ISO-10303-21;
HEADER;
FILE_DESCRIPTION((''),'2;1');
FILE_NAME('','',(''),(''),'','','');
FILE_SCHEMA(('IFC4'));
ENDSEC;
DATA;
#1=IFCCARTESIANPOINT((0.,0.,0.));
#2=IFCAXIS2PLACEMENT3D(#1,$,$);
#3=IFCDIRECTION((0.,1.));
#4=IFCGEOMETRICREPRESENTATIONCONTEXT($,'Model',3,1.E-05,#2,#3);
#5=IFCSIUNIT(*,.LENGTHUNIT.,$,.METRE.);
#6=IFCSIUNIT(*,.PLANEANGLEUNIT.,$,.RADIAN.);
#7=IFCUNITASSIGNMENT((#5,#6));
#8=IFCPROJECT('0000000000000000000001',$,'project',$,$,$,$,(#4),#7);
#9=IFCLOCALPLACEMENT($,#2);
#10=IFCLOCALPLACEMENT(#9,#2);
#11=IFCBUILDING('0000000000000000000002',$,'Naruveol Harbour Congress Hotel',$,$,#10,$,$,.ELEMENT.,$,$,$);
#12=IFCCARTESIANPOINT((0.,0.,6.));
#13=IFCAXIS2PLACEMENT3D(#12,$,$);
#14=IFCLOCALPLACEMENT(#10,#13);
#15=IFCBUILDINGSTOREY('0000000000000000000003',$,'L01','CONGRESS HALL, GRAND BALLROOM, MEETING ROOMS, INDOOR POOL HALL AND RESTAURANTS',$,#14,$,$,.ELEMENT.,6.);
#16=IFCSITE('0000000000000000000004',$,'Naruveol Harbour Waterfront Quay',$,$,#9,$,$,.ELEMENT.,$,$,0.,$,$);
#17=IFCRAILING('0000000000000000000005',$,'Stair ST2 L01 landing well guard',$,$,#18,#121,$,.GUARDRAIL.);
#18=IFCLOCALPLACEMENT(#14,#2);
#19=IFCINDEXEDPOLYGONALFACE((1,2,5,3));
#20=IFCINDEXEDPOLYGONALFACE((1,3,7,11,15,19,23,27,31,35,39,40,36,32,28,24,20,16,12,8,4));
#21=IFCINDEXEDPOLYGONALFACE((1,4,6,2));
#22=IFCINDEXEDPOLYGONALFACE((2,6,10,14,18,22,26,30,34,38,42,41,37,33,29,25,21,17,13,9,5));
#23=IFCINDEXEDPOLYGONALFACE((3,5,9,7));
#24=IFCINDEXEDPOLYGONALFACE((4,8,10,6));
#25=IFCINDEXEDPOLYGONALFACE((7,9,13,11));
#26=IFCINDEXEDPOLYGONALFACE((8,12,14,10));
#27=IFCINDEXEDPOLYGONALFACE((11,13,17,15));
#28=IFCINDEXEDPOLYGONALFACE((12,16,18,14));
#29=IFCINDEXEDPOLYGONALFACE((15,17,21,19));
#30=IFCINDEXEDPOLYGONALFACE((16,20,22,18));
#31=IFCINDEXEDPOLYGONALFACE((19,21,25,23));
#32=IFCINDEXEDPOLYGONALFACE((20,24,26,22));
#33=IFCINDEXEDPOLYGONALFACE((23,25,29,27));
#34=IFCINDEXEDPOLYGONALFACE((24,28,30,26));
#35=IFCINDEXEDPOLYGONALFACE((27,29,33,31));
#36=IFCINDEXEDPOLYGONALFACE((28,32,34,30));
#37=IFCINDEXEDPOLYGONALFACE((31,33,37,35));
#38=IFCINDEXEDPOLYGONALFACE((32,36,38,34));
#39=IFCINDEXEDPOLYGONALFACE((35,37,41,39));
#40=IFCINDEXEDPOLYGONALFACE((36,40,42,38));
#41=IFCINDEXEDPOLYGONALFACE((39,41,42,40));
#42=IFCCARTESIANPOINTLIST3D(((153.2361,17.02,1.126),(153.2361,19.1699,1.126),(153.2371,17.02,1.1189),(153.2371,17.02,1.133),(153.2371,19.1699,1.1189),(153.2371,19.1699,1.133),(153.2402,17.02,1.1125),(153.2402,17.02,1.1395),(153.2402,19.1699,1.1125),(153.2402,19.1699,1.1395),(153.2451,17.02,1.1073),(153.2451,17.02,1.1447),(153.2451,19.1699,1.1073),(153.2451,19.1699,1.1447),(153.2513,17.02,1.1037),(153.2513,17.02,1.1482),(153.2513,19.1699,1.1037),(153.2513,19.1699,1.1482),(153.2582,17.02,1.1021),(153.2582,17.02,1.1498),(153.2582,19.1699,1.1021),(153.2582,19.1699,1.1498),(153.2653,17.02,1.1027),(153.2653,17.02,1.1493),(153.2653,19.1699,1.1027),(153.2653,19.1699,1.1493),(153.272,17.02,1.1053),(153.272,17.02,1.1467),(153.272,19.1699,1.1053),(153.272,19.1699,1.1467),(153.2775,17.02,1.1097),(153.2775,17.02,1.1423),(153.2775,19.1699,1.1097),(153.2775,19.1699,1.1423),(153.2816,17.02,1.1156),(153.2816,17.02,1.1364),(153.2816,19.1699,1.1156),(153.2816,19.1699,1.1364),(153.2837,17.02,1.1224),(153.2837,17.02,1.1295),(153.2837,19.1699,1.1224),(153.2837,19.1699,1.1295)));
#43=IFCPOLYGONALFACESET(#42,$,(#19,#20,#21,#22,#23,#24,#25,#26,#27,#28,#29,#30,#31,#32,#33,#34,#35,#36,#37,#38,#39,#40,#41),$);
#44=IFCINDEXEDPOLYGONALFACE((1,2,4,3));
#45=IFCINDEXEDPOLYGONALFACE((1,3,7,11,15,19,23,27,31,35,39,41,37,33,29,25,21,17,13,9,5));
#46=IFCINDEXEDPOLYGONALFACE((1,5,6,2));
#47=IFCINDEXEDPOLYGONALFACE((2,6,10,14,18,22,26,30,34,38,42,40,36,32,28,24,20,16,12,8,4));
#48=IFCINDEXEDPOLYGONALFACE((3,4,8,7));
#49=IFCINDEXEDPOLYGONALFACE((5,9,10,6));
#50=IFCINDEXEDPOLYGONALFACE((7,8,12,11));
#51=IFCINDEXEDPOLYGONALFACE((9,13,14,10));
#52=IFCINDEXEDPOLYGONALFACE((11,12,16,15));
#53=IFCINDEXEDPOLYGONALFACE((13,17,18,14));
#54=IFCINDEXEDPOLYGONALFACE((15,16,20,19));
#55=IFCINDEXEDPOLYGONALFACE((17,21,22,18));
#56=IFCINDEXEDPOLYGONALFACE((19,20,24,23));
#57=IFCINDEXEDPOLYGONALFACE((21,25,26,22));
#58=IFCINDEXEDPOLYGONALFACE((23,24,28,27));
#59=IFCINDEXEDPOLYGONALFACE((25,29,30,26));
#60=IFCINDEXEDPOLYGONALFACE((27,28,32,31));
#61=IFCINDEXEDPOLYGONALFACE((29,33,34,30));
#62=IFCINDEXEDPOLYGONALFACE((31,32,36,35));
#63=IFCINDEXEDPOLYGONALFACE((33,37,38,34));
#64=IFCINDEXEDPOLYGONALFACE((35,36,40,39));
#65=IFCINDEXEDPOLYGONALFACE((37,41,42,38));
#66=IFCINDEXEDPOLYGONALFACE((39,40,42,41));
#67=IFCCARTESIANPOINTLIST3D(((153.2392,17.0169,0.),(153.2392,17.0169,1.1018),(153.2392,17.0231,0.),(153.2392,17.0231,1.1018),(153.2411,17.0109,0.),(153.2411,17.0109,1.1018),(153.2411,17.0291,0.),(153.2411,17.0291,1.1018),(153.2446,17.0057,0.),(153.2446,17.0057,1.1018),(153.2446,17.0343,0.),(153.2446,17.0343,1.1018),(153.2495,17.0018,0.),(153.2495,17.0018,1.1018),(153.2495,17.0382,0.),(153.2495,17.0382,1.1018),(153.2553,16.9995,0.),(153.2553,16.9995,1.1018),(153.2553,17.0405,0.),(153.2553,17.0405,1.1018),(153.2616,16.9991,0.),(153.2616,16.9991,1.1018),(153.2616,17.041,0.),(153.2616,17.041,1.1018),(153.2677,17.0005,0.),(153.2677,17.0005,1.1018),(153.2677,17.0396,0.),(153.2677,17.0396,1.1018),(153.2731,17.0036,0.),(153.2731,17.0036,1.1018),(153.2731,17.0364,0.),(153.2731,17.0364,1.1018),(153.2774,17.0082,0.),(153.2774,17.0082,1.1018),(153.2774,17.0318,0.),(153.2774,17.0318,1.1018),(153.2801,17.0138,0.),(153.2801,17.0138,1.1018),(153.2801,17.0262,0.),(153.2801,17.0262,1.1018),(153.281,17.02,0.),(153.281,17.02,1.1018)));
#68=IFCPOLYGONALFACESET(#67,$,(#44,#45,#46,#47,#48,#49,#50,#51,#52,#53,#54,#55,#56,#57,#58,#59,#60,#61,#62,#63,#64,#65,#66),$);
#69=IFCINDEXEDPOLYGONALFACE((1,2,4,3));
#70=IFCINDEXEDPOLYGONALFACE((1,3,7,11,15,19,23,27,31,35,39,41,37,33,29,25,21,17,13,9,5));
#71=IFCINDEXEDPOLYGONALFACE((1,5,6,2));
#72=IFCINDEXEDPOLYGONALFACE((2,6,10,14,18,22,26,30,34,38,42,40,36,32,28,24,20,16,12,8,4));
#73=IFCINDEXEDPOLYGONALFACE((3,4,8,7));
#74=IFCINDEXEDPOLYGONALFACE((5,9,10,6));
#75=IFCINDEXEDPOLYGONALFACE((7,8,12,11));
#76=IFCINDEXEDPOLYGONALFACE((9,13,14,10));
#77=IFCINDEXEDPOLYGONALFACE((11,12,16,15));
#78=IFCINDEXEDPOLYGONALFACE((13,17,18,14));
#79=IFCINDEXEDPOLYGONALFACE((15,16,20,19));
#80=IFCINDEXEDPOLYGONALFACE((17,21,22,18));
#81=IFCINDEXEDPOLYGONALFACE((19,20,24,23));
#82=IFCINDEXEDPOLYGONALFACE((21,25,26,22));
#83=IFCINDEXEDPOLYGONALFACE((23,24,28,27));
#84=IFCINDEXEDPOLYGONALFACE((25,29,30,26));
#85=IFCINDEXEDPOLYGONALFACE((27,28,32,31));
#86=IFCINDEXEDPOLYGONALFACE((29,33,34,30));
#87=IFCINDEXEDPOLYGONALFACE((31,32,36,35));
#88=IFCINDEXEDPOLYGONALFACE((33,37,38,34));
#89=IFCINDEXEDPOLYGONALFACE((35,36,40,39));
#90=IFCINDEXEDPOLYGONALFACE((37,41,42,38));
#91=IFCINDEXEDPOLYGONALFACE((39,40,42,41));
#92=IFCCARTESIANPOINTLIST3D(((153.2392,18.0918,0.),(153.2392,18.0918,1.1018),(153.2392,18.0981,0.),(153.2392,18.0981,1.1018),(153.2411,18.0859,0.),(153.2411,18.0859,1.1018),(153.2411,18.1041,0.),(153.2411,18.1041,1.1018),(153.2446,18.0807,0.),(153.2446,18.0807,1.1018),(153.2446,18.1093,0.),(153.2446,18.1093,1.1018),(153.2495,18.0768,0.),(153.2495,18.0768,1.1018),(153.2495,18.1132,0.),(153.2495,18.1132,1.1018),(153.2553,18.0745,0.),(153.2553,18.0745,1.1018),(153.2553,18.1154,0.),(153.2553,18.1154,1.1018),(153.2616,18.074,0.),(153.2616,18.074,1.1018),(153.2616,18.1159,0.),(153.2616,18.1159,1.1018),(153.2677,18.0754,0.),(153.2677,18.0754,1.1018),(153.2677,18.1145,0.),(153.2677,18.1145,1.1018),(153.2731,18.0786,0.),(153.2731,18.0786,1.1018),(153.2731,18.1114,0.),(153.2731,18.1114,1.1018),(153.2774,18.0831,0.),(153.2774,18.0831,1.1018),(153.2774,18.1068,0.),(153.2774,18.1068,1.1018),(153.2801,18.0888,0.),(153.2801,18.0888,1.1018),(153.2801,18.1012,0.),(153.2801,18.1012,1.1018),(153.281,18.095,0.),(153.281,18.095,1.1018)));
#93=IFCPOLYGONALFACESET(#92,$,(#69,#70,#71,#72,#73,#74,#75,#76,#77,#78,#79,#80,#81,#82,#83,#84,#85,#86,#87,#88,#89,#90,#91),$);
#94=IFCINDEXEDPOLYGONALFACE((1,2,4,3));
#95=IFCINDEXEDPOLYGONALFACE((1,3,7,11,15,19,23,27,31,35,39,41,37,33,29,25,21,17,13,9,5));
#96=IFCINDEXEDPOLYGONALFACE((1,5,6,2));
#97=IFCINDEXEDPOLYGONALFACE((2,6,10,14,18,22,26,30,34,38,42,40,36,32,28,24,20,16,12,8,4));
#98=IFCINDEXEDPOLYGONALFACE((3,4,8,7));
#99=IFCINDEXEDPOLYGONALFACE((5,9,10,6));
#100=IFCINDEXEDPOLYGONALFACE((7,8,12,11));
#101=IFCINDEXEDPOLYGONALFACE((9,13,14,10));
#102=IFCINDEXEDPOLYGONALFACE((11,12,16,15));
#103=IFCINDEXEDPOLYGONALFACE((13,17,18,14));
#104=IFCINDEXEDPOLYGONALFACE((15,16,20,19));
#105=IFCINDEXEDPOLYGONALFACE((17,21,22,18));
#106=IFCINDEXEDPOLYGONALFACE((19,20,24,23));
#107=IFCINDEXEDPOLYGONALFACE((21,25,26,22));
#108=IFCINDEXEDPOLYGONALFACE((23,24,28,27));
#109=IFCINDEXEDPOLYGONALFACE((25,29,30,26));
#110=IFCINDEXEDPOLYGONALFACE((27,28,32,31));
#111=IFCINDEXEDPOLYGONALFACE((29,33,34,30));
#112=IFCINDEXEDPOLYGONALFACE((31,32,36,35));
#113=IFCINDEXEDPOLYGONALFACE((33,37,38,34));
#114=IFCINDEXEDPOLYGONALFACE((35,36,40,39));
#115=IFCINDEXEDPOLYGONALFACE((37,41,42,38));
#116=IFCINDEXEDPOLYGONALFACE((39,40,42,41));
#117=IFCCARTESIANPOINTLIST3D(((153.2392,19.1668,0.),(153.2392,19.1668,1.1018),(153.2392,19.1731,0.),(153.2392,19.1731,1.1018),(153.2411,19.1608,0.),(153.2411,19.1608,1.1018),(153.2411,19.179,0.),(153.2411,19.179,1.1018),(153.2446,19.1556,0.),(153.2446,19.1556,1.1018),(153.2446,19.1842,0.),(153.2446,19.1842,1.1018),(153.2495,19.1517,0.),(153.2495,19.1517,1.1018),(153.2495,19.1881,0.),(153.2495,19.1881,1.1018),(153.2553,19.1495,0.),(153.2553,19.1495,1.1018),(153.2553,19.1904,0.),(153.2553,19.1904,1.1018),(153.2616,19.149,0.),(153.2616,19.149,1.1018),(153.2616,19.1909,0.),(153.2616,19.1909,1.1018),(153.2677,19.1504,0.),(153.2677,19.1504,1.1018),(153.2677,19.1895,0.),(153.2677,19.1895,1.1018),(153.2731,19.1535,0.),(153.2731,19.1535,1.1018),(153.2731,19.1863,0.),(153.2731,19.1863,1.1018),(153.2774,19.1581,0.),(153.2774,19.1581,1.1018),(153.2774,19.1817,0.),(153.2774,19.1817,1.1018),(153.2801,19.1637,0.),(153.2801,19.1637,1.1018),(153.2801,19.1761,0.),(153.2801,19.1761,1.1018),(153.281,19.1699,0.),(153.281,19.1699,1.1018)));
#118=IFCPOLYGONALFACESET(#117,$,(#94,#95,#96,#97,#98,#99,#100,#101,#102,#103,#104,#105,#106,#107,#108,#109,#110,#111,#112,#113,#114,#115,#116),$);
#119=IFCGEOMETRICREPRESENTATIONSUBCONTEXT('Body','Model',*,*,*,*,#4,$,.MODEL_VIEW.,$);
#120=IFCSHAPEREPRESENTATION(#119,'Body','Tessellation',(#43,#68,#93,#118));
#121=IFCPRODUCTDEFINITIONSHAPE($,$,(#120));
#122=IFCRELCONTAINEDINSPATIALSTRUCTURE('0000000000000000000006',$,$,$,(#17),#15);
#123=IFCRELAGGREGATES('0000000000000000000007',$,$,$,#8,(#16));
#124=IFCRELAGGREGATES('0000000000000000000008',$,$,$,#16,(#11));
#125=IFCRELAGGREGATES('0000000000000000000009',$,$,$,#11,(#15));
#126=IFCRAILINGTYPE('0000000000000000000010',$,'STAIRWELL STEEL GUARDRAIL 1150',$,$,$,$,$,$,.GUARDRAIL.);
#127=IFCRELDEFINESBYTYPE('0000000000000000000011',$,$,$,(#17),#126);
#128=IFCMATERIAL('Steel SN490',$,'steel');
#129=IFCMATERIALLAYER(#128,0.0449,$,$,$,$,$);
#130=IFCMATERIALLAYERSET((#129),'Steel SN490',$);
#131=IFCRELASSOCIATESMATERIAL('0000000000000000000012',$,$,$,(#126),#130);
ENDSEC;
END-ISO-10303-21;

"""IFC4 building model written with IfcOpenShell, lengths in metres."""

from ifc_helpers import new_model, si_unit, direction, frame, origin, origin_2d, place, context, subcontext, project, spatial, circle, extrude, material, layer, layer_set, type_object, element, save


model = new_model("IFC4")

# Units and contexts
model_context = context("Model", 3, precision=1e-05, world=origin(), true_north=direction((0.0, 1.0)))
body_context = subcontext(model_context, "Body", "Model", "MODEL_VIEW")
ifc_project = project(units=[si_unit("LENGTHUNIT", "METRE"), si_unit("PLANEANGLEUNIT", "RADIAN")], contexts=[model_context])

# Site, building, storey
site_placement = place(None, origin())
site = spatial("IfcSite", under=ifc_project, at=site_placement, Name="Naruveol Harbour Waterfront Quay", CompositionType="ELEMENT", RefElevation=0.0)
building_placement = place(site_placement, origin())
building = spatial("IfcBuilding", under=site, at=building_placement, Name="Naruveol Harbour Congress Hotel", CompositionType="ELEMENT")
storey_placement = place(building_placement, frame((0.0, 0.0, 6.0)))
storey = spatial("IfcBuildingStorey", under=building, at=storey_placement, Name="L01", Description="CONGRESS HALL, GRAND BALLROOM, MEETING ROOMS, INDOOR POOL HALL AND RESTAURANTS", CompositionType="ELEMENT", Elevation=6.0)

# Railing
ifc_material_1 = material(Name="Steel SN490", Category="steel")
ifc_layer_1 = layer(ifc_material_1, 0.0449)
ifc_layer_set_1 = layer_set([ifc_layer_1], Name="Steel SN490")
railing_type_1 = type_object("IfcRailingType", Name="STAIRWELL STEEL GUARDRAIL 1150", PredefinedType="GUARDRAIL", material=ifc_layer_set_1)
railing_1_placement = place(storey_placement, frame((153.26, 17.02, 0.0)))
element("IfcRailing", 1, at=railing_1_placement, inside=storey, type_object=railing_type_1, Name="Stair ST2 L01 landing well guard", PredefinedType="GUARDRAIL", context=body_context, shape_type="SweptSolid", body=[
    extrude(circle(Radius=0.0239, at=origin_2d()), frame((0.0, 0.0, 1.126), z_axis=(0.0, 1.0, 0.0), x_axis=(-1.0, 0.0, 0.0)), (0.0, 0.0, 1.0), 2.1499),
    extrude(circle(Radius=0.021, at=origin_2d()), origin(), (0.0, 0.0, 1.0), 1.1018),
    extrude(circle(Radius=0.021, at=origin_2d()), frame((0.0, 1.075, 0.0)), (0.0, 0.0, 1.0), 1.1018),
    extrude(circle(Radius=0.021, at=origin_2d()), frame((0.0, 2.1499, 0.0)), (0.0, 0.0, 1.0), 1.1018),
])

save(model, "model.ifc")
